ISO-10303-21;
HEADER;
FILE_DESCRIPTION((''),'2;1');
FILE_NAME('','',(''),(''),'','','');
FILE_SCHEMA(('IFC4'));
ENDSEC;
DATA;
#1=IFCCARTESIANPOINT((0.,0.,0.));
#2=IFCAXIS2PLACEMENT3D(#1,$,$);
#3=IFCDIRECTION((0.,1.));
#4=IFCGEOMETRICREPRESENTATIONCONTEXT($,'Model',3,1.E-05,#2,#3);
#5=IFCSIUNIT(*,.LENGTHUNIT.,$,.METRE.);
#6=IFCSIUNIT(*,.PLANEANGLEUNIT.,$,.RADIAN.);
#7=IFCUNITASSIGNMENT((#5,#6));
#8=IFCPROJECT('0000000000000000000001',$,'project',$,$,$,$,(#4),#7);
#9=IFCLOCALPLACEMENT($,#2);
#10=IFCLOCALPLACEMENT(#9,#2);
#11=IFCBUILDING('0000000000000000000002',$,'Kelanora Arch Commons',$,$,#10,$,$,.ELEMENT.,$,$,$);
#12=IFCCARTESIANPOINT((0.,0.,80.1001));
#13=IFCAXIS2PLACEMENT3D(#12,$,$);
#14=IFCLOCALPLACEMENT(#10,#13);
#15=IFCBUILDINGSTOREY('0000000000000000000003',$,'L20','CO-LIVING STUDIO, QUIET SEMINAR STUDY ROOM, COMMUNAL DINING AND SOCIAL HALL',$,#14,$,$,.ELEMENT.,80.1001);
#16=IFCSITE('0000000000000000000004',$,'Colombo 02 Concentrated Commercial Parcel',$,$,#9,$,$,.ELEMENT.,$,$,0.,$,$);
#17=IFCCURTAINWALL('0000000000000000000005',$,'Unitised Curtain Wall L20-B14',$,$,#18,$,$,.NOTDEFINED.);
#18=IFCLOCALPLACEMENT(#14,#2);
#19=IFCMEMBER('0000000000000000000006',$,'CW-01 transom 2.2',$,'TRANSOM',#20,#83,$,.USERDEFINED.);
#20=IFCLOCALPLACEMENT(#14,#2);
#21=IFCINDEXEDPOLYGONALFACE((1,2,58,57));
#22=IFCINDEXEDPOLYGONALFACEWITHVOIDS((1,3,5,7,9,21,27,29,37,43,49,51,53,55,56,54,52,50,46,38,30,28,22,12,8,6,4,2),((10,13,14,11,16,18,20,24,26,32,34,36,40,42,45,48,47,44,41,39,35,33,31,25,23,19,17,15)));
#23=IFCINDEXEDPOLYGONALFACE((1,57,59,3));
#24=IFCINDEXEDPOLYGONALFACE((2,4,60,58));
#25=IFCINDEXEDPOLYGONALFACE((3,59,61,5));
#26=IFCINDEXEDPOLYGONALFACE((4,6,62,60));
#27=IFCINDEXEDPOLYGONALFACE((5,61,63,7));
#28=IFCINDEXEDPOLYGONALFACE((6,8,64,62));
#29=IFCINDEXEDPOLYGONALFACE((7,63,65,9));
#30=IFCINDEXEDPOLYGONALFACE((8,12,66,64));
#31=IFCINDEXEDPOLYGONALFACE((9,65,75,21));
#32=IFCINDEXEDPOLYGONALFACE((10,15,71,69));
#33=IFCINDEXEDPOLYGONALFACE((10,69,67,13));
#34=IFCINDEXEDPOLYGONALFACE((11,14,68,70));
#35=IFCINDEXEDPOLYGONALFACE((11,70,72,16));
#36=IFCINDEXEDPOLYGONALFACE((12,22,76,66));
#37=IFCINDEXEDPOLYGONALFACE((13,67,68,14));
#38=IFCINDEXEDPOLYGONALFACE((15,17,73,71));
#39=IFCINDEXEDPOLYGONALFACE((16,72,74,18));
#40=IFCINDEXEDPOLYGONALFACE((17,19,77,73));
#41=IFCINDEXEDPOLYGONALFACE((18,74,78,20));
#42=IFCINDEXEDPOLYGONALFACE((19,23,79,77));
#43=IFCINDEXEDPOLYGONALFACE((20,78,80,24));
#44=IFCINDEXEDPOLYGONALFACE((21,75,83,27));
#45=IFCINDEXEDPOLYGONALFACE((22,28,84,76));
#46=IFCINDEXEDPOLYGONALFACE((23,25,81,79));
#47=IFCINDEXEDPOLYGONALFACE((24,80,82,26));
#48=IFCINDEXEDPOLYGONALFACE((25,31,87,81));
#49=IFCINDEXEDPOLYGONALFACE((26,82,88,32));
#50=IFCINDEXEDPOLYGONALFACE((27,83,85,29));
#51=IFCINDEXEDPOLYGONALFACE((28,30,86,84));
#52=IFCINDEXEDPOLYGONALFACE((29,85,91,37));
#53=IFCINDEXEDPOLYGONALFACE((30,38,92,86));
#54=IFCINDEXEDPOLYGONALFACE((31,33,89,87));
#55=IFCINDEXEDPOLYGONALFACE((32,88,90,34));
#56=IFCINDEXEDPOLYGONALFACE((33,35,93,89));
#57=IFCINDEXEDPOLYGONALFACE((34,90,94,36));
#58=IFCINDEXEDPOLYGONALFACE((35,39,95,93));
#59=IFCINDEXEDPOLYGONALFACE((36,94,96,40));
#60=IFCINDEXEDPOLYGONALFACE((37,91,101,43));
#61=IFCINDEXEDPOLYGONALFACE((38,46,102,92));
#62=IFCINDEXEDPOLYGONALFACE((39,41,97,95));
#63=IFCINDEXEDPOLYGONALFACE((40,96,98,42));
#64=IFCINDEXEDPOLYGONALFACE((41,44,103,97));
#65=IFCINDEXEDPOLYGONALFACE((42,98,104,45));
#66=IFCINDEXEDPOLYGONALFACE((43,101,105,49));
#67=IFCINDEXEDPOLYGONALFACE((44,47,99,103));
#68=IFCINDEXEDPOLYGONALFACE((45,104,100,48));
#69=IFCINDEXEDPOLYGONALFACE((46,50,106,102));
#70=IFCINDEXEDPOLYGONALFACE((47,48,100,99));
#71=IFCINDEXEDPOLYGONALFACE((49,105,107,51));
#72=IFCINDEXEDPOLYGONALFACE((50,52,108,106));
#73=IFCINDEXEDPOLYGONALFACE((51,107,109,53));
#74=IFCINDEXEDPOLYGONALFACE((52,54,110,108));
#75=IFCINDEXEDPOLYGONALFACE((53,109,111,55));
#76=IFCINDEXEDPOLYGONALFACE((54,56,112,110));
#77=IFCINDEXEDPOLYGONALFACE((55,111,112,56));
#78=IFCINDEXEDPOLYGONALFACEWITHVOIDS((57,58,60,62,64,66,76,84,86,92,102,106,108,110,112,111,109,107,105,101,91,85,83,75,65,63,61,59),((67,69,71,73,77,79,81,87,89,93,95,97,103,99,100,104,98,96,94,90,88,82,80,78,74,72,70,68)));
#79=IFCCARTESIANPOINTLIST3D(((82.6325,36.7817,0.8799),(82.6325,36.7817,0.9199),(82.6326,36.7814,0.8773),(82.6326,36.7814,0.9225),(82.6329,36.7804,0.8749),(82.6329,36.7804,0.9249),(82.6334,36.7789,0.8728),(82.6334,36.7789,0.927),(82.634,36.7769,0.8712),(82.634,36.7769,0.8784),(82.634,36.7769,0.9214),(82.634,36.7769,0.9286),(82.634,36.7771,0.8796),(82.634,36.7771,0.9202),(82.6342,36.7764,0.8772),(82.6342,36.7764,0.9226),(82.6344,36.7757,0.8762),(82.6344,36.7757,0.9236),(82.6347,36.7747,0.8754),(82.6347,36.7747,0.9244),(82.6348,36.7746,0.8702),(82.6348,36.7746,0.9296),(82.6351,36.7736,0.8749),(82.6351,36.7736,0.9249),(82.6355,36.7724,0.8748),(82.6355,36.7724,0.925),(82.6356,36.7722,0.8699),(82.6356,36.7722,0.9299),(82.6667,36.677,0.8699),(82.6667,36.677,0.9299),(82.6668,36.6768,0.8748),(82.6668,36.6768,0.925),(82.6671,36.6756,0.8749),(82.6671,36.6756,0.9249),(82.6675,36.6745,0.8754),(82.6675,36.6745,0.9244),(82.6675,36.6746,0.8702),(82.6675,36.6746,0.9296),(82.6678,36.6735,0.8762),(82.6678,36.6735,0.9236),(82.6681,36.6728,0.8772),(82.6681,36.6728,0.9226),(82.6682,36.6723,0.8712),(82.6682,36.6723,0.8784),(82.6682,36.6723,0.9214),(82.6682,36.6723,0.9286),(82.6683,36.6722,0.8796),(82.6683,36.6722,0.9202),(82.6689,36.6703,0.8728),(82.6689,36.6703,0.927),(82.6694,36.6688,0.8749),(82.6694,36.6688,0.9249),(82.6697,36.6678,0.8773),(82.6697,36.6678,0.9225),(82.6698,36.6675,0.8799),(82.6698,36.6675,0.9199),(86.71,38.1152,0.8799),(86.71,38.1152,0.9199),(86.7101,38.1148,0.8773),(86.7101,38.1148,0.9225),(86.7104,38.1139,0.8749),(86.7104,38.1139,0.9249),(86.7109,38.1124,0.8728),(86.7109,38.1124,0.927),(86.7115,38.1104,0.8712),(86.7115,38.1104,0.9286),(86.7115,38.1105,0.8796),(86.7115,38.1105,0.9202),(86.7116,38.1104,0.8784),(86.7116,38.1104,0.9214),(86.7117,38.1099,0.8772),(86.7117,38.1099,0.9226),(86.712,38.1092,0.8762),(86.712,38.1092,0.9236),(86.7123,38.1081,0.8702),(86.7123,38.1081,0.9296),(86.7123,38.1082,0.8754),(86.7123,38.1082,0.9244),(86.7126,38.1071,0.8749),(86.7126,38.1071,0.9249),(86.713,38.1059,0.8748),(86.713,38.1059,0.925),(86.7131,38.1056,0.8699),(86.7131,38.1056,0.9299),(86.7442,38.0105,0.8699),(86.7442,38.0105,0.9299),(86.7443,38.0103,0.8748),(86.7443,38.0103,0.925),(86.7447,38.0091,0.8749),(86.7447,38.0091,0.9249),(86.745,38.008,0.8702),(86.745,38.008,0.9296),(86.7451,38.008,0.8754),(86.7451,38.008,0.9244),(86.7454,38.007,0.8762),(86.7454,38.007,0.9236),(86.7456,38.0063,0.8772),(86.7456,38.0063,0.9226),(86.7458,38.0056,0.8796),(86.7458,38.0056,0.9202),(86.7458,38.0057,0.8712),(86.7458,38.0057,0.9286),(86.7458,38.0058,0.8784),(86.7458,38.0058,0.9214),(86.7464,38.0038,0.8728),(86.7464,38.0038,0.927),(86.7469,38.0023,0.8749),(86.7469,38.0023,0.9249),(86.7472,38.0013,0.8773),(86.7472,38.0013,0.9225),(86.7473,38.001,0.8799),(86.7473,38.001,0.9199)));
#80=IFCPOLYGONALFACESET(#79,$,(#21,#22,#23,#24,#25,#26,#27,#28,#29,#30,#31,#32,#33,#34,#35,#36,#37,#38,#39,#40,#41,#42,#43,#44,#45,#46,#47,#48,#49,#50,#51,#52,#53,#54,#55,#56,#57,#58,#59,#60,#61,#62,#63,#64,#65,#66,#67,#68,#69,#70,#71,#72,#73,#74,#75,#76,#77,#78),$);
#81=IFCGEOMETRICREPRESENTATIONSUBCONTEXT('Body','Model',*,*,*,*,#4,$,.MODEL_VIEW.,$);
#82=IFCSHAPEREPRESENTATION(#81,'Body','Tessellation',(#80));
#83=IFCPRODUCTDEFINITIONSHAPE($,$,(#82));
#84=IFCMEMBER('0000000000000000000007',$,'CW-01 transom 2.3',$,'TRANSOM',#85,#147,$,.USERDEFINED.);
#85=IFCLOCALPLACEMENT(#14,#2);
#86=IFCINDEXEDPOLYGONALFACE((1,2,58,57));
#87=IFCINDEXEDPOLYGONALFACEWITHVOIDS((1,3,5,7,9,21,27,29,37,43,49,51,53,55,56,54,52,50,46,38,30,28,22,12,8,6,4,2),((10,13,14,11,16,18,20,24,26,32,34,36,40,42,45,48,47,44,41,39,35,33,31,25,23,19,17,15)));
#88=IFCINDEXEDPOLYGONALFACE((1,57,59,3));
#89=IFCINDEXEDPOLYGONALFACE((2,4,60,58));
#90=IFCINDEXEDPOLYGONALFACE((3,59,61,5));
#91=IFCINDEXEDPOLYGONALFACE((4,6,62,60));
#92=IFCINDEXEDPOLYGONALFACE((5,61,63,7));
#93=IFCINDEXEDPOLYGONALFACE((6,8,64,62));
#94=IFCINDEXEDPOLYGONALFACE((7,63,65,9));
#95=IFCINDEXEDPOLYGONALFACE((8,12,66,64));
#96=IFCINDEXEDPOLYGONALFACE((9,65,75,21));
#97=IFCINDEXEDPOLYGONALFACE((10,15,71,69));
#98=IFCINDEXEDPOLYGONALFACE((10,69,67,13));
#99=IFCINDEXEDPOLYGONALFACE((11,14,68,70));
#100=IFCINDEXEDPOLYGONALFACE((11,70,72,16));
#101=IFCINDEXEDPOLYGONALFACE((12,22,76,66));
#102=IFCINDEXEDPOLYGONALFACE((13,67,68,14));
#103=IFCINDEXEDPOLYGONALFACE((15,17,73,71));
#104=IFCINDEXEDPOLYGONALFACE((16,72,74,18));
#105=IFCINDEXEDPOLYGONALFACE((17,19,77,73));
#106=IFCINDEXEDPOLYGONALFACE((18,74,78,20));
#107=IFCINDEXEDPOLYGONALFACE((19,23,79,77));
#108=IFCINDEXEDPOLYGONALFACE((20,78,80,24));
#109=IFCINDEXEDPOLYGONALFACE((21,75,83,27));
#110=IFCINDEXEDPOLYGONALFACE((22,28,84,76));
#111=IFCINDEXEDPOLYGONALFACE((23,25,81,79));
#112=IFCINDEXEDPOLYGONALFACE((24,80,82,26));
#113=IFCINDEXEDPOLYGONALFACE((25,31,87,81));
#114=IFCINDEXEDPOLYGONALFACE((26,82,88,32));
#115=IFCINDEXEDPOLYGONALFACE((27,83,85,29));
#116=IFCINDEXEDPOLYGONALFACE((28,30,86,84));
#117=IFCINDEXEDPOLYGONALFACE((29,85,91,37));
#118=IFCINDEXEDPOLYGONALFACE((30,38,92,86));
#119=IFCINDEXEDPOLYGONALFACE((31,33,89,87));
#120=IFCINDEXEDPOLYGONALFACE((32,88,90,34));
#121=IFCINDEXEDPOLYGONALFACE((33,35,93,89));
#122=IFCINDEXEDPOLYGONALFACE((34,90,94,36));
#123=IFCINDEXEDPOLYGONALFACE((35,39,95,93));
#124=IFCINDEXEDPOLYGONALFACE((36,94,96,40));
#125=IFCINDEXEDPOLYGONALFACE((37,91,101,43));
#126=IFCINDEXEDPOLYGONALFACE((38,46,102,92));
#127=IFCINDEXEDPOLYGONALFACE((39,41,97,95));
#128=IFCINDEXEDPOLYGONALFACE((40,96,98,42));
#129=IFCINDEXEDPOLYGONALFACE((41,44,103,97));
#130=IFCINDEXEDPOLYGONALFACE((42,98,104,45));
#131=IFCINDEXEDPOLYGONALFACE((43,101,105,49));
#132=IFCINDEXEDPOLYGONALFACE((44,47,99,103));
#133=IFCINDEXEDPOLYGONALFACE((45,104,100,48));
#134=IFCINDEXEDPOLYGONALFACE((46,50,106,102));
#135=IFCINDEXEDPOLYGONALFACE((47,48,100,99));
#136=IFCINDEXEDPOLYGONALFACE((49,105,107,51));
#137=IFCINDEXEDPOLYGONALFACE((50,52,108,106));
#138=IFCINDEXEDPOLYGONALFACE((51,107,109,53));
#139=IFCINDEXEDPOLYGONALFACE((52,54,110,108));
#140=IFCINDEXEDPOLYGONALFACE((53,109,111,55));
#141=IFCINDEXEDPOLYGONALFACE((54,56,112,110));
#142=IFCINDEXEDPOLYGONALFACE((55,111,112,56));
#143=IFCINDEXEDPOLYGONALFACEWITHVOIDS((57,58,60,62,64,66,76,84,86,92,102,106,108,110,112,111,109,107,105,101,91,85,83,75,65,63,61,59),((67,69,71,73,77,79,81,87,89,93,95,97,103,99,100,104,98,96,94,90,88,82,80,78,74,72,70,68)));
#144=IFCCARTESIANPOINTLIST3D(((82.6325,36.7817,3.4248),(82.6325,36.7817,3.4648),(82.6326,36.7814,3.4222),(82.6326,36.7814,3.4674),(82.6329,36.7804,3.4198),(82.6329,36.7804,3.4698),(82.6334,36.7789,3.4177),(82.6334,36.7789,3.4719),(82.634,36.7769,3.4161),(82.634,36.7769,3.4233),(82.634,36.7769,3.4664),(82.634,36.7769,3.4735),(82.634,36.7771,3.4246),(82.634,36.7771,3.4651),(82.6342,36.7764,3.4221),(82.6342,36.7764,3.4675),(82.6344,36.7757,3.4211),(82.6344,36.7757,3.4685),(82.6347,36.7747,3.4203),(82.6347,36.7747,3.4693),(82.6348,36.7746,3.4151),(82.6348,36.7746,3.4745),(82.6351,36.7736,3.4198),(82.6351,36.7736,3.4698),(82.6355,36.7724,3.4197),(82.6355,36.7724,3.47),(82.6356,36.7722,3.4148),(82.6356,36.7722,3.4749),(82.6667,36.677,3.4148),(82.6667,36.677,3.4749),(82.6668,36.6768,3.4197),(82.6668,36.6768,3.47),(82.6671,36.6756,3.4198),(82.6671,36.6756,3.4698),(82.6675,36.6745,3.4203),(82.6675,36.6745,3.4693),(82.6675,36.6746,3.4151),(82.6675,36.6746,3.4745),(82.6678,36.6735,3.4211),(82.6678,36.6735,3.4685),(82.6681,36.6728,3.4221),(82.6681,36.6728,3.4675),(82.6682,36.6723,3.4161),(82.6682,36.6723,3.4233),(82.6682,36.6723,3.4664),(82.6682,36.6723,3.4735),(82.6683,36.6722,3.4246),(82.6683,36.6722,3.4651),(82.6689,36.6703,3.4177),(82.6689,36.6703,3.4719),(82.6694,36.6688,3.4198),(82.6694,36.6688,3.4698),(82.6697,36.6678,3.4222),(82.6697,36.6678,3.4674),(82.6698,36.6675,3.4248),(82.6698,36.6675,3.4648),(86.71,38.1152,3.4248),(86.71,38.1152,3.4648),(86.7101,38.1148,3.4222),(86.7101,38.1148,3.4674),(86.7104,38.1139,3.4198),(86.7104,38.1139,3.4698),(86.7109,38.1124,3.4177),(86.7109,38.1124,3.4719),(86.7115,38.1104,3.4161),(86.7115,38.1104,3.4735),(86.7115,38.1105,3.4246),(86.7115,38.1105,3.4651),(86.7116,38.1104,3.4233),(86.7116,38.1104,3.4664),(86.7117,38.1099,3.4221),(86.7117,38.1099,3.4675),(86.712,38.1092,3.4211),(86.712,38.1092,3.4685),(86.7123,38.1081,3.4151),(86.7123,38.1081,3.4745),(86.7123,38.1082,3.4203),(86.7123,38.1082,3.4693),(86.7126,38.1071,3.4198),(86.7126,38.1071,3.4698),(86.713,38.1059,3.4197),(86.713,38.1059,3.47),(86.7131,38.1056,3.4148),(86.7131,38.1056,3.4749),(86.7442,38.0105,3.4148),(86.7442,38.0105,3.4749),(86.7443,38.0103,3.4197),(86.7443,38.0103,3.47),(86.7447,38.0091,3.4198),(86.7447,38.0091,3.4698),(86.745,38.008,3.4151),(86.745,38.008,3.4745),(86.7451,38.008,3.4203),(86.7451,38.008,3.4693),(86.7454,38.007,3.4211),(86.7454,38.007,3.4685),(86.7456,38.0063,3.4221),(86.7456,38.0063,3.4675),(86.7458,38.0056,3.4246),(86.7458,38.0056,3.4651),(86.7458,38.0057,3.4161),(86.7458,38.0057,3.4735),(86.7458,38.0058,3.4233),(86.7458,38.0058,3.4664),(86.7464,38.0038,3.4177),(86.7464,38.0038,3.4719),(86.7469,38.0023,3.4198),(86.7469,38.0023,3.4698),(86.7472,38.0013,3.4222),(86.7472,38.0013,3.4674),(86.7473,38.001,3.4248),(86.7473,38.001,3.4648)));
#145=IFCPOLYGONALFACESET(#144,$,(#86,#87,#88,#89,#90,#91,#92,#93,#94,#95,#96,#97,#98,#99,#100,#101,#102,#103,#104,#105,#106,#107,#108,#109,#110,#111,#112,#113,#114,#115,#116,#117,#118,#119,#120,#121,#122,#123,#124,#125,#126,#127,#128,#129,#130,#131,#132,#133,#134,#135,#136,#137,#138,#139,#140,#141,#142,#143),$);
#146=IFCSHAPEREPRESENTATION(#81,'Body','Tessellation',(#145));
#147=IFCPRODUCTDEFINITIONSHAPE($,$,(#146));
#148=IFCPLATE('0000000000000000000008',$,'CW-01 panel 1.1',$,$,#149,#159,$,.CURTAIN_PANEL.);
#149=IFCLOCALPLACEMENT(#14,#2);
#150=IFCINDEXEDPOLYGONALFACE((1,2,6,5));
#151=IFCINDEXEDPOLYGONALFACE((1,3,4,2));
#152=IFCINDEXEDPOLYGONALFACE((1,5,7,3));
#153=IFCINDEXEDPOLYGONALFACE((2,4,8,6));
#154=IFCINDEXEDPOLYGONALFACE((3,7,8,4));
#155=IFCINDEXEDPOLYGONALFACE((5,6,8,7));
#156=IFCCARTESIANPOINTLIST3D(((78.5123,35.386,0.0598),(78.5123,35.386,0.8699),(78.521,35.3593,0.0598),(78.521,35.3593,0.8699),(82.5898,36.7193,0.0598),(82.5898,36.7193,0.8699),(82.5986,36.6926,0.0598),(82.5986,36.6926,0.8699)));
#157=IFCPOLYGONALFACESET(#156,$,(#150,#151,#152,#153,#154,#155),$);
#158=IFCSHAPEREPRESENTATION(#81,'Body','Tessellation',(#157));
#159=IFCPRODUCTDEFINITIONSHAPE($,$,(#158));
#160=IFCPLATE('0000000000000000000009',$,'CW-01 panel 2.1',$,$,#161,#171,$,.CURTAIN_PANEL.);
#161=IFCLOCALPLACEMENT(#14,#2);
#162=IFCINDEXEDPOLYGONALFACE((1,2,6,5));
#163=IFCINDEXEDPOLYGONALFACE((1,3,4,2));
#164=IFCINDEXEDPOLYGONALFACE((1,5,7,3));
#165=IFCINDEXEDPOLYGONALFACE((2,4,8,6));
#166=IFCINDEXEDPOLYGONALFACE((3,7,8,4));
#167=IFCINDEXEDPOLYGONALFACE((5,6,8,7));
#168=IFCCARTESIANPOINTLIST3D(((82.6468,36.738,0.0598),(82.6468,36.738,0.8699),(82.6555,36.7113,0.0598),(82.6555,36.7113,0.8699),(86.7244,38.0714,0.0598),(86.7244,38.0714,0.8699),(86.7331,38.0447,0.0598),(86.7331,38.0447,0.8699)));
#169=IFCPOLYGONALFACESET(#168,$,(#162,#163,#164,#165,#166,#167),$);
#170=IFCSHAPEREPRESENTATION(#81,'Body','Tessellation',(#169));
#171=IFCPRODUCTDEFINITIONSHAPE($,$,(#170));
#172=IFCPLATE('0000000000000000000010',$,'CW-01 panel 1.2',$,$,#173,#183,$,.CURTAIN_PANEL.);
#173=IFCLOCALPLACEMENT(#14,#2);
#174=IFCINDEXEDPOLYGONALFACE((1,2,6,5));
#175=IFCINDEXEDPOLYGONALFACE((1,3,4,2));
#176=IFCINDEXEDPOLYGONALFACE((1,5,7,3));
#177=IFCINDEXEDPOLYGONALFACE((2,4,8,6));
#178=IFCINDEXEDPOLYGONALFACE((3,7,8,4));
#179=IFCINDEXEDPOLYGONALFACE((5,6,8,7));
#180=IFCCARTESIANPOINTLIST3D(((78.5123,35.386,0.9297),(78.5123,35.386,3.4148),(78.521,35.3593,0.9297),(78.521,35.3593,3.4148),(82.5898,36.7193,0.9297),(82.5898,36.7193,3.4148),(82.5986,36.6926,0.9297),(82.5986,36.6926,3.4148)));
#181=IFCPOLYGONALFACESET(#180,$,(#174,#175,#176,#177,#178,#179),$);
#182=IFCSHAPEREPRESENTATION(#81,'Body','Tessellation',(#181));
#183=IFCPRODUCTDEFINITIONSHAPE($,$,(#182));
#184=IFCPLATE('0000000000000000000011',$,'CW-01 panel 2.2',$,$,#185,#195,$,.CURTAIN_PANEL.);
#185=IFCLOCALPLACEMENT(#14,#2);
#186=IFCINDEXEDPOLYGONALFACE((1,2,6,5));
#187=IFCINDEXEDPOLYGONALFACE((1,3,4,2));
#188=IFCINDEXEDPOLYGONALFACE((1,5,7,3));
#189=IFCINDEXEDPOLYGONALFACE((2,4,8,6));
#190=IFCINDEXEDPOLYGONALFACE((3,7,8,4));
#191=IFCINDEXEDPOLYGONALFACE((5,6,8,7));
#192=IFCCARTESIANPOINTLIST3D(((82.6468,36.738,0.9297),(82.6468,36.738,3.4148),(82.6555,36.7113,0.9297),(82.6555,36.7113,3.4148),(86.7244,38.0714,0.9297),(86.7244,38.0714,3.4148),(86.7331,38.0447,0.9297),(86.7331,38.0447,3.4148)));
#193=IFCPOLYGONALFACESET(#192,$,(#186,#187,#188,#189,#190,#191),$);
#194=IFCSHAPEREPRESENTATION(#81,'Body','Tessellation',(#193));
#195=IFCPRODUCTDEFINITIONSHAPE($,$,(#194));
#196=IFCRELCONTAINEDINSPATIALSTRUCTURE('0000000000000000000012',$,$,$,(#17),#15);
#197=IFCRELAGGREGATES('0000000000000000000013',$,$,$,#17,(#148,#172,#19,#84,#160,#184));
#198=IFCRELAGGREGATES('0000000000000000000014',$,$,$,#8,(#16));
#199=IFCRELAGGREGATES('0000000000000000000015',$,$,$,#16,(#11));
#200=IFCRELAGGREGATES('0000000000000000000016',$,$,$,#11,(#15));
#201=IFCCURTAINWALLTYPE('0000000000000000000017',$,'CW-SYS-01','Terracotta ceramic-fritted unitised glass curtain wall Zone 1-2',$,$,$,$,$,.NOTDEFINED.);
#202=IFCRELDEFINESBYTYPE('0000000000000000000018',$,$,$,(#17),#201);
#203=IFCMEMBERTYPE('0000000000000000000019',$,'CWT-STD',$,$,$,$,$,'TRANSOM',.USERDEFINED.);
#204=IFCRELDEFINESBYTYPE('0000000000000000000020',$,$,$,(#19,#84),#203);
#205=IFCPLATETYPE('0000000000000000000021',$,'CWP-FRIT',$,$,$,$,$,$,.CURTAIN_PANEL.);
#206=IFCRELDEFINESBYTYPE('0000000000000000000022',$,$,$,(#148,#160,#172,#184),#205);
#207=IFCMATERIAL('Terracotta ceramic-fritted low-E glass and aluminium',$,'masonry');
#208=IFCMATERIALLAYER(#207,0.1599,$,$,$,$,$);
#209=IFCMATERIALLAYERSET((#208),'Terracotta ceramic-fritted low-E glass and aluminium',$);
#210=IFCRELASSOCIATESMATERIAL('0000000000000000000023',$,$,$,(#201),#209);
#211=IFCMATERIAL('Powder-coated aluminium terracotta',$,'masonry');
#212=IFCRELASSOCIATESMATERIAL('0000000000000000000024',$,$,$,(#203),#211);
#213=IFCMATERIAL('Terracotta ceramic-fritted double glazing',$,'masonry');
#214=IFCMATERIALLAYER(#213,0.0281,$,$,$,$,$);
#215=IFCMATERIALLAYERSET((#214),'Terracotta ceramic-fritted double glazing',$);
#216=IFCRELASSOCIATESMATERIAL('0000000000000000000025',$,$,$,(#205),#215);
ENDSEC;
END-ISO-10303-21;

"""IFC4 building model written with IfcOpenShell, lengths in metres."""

from ifc_helpers import new_model, si_unit, direction, frame, origin, origin_2d, place, context, subcontext, project, spatial, rectangle, hollow_rectangle, extrude, source, transform, mapped, material, layer, layer_set, material_profile, profile_set, type_object, element, aggregate, save


model = new_model("IFC4")

# Units and contexts
model_context = context("Model", 3, precision=1e-05, world=origin(), true_north=direction((0.0, 1.0)))
body_context = subcontext(model_context, "Body", "Model", "MODEL_VIEW")
ifc_project = project(units=[si_unit("LENGTHUNIT", "METRE"), si_unit("PLANEANGLEUNIT", "RADIAN")], contexts=[model_context])

# Site, building, storey
site_placement = place(None, origin())
site = spatial("IfcSite", under=ifc_project, at=site_placement, Name="Colombo 02 Concentrated Commercial Parcel", CompositionType="ELEMENT", RefElevation=0.0)
building_placement = place(site_placement, origin())
building = spatial("IfcBuilding", under=site, at=building_placement, Name="Kelanora Arch Commons", CompositionType="ELEMENT")
storey_placement = place(building_placement, frame((0.0, 0.0, 80.1001)))
storey = spatial("IfcBuildingStorey", under=building, at=storey_placement, Name="L20", Description="CO-LIVING STUDIO, QUIET SEMINAR STUDY ROOM, COMMUNAL DINING AND SOCIAL HALL", CompositionType="ELEMENT", Elevation=80.1001)

# Curtain wall, members, plates
ifc_material_1 = material(Name="Terracotta ceramic-fritted low-E glass and aluminium", Category="masonry")
ifc_layer_1 = layer(ifc_material_1, 0.1599)
ifc_layer_set_1 = layer_set([ifc_layer_1], Name="Terracotta ceramic-fritted low-E glass and aluminium")
curtain_wall_type = type_object("IfcCurtainWallType", Name="CW-SYS-01", Description="Terracotta ceramic-fritted unitised glass curtain wall Zone 1-2", PredefinedType="NOTDEFINED", material=ifc_layer_set_1)
curtain_wall_placement = place(storey_placement, origin())
curtain_wall = element("IfcCurtainWall", 1, at=curtain_wall_placement, inside=storey, type_object=curtain_wall_type, Name="Unitised Curtain Wall L20-B14", PredefinedType="NOTDEFINED")
ifc_material_2 = material(Name="Powder-coated aluminium terracotta", Category="masonry")
ifc_material_profile_1 = material_profile(ifc_material_2, hollow_rectangle(XDim=0.1201, YDim=0.0601, WallThickness=0.0049, InnerFilletRadius=0.0049, OuterFilletRadius=0.01, at=origin_2d()), Name="CWT120x60")
ifc_profile_set_1 = profile_set([ifc_material_profile_1], Name="Powder-coated aluminium terracotta")
member_type_1 = type_object("IfcMemberType", Name="CWT-STD", ElementType="TRANSOM", PredefinedType="USERDEFINED", material=ifc_profile_set_1)
member_1_placement = place(storey_placement, frame((82.6511, 36.7246, 0.8999), z_axis=(0.950466, 0.310828, 0.0), x_axis=(-0.310828, 0.950466, 0.0)))
member_1 = element("IfcMember", 2, at=member_1_placement, type_object=member_type_1, Name="CW-01 transom 2.2", ObjectType="TRANSOM", PredefinedType="USERDEFINED", context=body_context, shape_type="SweptSolid", body=[
    extrude(hollow_rectangle(XDim=0.1201, YDim=0.0601, WallThickness=0.0049, InnerFilletRadius=0.0049, OuterFilletRadius=0.01, at=origin_2d()), origin(), (0.0, 0.0, 1.0), 4.29),
])
member_2_placement = place(storey_placement, frame((82.6511, 36.7246, 3.4448), z_axis=(0.950466, 0.310828, 0.0), x_axis=(-0.310828, 0.950466, 0.0)))
member_2 = element("IfcMember", 3, at=member_2_placement, type_object=member_type_1, Name="CW-01 transom 2.3", ObjectType="TRANSOM", PredefinedType="USERDEFINED", context=body_context, shape_type="SweptSolid", body=[
    extrude(hollow_rectangle(XDim=0.1201, YDim=0.0601, WallThickness=0.0049, InnerFilletRadius=0.0049, OuterFilletRadius=0.01, at=origin_2d()), origin(), (0.0, 0.0, 1.0), 4.29),
])
ifc_material_3 = material(Name="Terracotta ceramic-fritted double glazing", Category="masonry")
ifc_layer_2 = layer(ifc_material_3, 0.0281)
ifc_layer_set_2 = layer_set([ifc_layer_2], Name="Terracotta ceramic-fritted double glazing")
plate_type = type_object("IfcPlateType", Name="CWP-FRIT", PredefinedType="CURTAIN_PANEL", material=ifc_layer_set_2)
shared_shape_1 = source(origin(), body_context, "Body", "SweptSolid", [
    extrude(rectangle(XDim=4.29, YDim=0.0281, at=origin_2d()), origin(), (0.0, 0.0, 1.0), 0.8101),
])
plate_1_placement = place(storey_placement, frame((80.5554, 36.0393, 0.0598), z_axis=(0.0, 0.0, 1.0), x_axis=(0.950474, 0.310805, 0.0)))
plate_1 = element("IfcPlate", 4, at=plate_1_placement, type_object=plate_type, Name="CW-01 panel 1.1", PredefinedType="CURTAIN_PANEL", context=body_context, shape_type="MappedRepresentation", body=[
    mapped(shared_shape_1, transform((0.0, 0.0, 0.0), scale=1.0)),
])
plate_2_placement = place(storey_placement, frame((84.6899, 37.3914, 0.0598), z_axis=(0.0, 0.0, 1.0), x_axis=(0.950474, 0.310805, 0.0)))
plate_2 = element("IfcPlate", 5, at=plate_2_placement, type_object=plate_type, Name="CW-01 panel 2.1", PredefinedType="CURTAIN_PANEL", context=body_context, shape_type="MappedRepresentation", body=[
    mapped(shared_shape_1, transform((0.0, 0.0, 0.0), scale=1.0)),
])
shared_shape_2 = source(origin(), body_context, "Body", "SweptSolid", [
    extrude(rectangle(XDim=4.29, YDim=0.0281, at=origin_2d()), origin(), (0.0, 0.0, 1.0), 2.4851),
])
plate_3_placement = place(storey_placement, frame((80.5554, 36.0393, 0.9297), z_axis=(0.0, 0.0, 1.0), x_axis=(0.950474, 0.310805, 0.0)))
plate_3 = element("IfcPlate", 6, at=plate_3_placement, type_object=plate_type, Name="CW-01 panel 1.2", PredefinedType="CURTAIN_PANEL", context=body_context, shape_type="MappedRepresentation", body=[
    mapped(shared_shape_2, transform((0.0, 0.0, 0.0), scale=1.0)),
])
plate_4_placement = place(storey_placement, frame((84.6899, 37.3914, 0.9297), z_axis=(0.0, 0.0, 1.0), x_axis=(0.950474, 0.310805, 0.0)))
plate_4 = element("IfcPlate", 7, at=plate_4_placement, type_object=plate_type, Name="CW-01 panel 2.2", PredefinedType="CURTAIN_PANEL", context=body_context, shape_type="MappedRepresentation", body=[
    mapped(shared_shape_2, transform((0.0, 0.0, 0.0), scale=1.0)),
])
aggregate(curtain_wall, [plate_1, plate_3, member_1, member_2, plate_2, plate_4])

save(model, "model.ifc")
